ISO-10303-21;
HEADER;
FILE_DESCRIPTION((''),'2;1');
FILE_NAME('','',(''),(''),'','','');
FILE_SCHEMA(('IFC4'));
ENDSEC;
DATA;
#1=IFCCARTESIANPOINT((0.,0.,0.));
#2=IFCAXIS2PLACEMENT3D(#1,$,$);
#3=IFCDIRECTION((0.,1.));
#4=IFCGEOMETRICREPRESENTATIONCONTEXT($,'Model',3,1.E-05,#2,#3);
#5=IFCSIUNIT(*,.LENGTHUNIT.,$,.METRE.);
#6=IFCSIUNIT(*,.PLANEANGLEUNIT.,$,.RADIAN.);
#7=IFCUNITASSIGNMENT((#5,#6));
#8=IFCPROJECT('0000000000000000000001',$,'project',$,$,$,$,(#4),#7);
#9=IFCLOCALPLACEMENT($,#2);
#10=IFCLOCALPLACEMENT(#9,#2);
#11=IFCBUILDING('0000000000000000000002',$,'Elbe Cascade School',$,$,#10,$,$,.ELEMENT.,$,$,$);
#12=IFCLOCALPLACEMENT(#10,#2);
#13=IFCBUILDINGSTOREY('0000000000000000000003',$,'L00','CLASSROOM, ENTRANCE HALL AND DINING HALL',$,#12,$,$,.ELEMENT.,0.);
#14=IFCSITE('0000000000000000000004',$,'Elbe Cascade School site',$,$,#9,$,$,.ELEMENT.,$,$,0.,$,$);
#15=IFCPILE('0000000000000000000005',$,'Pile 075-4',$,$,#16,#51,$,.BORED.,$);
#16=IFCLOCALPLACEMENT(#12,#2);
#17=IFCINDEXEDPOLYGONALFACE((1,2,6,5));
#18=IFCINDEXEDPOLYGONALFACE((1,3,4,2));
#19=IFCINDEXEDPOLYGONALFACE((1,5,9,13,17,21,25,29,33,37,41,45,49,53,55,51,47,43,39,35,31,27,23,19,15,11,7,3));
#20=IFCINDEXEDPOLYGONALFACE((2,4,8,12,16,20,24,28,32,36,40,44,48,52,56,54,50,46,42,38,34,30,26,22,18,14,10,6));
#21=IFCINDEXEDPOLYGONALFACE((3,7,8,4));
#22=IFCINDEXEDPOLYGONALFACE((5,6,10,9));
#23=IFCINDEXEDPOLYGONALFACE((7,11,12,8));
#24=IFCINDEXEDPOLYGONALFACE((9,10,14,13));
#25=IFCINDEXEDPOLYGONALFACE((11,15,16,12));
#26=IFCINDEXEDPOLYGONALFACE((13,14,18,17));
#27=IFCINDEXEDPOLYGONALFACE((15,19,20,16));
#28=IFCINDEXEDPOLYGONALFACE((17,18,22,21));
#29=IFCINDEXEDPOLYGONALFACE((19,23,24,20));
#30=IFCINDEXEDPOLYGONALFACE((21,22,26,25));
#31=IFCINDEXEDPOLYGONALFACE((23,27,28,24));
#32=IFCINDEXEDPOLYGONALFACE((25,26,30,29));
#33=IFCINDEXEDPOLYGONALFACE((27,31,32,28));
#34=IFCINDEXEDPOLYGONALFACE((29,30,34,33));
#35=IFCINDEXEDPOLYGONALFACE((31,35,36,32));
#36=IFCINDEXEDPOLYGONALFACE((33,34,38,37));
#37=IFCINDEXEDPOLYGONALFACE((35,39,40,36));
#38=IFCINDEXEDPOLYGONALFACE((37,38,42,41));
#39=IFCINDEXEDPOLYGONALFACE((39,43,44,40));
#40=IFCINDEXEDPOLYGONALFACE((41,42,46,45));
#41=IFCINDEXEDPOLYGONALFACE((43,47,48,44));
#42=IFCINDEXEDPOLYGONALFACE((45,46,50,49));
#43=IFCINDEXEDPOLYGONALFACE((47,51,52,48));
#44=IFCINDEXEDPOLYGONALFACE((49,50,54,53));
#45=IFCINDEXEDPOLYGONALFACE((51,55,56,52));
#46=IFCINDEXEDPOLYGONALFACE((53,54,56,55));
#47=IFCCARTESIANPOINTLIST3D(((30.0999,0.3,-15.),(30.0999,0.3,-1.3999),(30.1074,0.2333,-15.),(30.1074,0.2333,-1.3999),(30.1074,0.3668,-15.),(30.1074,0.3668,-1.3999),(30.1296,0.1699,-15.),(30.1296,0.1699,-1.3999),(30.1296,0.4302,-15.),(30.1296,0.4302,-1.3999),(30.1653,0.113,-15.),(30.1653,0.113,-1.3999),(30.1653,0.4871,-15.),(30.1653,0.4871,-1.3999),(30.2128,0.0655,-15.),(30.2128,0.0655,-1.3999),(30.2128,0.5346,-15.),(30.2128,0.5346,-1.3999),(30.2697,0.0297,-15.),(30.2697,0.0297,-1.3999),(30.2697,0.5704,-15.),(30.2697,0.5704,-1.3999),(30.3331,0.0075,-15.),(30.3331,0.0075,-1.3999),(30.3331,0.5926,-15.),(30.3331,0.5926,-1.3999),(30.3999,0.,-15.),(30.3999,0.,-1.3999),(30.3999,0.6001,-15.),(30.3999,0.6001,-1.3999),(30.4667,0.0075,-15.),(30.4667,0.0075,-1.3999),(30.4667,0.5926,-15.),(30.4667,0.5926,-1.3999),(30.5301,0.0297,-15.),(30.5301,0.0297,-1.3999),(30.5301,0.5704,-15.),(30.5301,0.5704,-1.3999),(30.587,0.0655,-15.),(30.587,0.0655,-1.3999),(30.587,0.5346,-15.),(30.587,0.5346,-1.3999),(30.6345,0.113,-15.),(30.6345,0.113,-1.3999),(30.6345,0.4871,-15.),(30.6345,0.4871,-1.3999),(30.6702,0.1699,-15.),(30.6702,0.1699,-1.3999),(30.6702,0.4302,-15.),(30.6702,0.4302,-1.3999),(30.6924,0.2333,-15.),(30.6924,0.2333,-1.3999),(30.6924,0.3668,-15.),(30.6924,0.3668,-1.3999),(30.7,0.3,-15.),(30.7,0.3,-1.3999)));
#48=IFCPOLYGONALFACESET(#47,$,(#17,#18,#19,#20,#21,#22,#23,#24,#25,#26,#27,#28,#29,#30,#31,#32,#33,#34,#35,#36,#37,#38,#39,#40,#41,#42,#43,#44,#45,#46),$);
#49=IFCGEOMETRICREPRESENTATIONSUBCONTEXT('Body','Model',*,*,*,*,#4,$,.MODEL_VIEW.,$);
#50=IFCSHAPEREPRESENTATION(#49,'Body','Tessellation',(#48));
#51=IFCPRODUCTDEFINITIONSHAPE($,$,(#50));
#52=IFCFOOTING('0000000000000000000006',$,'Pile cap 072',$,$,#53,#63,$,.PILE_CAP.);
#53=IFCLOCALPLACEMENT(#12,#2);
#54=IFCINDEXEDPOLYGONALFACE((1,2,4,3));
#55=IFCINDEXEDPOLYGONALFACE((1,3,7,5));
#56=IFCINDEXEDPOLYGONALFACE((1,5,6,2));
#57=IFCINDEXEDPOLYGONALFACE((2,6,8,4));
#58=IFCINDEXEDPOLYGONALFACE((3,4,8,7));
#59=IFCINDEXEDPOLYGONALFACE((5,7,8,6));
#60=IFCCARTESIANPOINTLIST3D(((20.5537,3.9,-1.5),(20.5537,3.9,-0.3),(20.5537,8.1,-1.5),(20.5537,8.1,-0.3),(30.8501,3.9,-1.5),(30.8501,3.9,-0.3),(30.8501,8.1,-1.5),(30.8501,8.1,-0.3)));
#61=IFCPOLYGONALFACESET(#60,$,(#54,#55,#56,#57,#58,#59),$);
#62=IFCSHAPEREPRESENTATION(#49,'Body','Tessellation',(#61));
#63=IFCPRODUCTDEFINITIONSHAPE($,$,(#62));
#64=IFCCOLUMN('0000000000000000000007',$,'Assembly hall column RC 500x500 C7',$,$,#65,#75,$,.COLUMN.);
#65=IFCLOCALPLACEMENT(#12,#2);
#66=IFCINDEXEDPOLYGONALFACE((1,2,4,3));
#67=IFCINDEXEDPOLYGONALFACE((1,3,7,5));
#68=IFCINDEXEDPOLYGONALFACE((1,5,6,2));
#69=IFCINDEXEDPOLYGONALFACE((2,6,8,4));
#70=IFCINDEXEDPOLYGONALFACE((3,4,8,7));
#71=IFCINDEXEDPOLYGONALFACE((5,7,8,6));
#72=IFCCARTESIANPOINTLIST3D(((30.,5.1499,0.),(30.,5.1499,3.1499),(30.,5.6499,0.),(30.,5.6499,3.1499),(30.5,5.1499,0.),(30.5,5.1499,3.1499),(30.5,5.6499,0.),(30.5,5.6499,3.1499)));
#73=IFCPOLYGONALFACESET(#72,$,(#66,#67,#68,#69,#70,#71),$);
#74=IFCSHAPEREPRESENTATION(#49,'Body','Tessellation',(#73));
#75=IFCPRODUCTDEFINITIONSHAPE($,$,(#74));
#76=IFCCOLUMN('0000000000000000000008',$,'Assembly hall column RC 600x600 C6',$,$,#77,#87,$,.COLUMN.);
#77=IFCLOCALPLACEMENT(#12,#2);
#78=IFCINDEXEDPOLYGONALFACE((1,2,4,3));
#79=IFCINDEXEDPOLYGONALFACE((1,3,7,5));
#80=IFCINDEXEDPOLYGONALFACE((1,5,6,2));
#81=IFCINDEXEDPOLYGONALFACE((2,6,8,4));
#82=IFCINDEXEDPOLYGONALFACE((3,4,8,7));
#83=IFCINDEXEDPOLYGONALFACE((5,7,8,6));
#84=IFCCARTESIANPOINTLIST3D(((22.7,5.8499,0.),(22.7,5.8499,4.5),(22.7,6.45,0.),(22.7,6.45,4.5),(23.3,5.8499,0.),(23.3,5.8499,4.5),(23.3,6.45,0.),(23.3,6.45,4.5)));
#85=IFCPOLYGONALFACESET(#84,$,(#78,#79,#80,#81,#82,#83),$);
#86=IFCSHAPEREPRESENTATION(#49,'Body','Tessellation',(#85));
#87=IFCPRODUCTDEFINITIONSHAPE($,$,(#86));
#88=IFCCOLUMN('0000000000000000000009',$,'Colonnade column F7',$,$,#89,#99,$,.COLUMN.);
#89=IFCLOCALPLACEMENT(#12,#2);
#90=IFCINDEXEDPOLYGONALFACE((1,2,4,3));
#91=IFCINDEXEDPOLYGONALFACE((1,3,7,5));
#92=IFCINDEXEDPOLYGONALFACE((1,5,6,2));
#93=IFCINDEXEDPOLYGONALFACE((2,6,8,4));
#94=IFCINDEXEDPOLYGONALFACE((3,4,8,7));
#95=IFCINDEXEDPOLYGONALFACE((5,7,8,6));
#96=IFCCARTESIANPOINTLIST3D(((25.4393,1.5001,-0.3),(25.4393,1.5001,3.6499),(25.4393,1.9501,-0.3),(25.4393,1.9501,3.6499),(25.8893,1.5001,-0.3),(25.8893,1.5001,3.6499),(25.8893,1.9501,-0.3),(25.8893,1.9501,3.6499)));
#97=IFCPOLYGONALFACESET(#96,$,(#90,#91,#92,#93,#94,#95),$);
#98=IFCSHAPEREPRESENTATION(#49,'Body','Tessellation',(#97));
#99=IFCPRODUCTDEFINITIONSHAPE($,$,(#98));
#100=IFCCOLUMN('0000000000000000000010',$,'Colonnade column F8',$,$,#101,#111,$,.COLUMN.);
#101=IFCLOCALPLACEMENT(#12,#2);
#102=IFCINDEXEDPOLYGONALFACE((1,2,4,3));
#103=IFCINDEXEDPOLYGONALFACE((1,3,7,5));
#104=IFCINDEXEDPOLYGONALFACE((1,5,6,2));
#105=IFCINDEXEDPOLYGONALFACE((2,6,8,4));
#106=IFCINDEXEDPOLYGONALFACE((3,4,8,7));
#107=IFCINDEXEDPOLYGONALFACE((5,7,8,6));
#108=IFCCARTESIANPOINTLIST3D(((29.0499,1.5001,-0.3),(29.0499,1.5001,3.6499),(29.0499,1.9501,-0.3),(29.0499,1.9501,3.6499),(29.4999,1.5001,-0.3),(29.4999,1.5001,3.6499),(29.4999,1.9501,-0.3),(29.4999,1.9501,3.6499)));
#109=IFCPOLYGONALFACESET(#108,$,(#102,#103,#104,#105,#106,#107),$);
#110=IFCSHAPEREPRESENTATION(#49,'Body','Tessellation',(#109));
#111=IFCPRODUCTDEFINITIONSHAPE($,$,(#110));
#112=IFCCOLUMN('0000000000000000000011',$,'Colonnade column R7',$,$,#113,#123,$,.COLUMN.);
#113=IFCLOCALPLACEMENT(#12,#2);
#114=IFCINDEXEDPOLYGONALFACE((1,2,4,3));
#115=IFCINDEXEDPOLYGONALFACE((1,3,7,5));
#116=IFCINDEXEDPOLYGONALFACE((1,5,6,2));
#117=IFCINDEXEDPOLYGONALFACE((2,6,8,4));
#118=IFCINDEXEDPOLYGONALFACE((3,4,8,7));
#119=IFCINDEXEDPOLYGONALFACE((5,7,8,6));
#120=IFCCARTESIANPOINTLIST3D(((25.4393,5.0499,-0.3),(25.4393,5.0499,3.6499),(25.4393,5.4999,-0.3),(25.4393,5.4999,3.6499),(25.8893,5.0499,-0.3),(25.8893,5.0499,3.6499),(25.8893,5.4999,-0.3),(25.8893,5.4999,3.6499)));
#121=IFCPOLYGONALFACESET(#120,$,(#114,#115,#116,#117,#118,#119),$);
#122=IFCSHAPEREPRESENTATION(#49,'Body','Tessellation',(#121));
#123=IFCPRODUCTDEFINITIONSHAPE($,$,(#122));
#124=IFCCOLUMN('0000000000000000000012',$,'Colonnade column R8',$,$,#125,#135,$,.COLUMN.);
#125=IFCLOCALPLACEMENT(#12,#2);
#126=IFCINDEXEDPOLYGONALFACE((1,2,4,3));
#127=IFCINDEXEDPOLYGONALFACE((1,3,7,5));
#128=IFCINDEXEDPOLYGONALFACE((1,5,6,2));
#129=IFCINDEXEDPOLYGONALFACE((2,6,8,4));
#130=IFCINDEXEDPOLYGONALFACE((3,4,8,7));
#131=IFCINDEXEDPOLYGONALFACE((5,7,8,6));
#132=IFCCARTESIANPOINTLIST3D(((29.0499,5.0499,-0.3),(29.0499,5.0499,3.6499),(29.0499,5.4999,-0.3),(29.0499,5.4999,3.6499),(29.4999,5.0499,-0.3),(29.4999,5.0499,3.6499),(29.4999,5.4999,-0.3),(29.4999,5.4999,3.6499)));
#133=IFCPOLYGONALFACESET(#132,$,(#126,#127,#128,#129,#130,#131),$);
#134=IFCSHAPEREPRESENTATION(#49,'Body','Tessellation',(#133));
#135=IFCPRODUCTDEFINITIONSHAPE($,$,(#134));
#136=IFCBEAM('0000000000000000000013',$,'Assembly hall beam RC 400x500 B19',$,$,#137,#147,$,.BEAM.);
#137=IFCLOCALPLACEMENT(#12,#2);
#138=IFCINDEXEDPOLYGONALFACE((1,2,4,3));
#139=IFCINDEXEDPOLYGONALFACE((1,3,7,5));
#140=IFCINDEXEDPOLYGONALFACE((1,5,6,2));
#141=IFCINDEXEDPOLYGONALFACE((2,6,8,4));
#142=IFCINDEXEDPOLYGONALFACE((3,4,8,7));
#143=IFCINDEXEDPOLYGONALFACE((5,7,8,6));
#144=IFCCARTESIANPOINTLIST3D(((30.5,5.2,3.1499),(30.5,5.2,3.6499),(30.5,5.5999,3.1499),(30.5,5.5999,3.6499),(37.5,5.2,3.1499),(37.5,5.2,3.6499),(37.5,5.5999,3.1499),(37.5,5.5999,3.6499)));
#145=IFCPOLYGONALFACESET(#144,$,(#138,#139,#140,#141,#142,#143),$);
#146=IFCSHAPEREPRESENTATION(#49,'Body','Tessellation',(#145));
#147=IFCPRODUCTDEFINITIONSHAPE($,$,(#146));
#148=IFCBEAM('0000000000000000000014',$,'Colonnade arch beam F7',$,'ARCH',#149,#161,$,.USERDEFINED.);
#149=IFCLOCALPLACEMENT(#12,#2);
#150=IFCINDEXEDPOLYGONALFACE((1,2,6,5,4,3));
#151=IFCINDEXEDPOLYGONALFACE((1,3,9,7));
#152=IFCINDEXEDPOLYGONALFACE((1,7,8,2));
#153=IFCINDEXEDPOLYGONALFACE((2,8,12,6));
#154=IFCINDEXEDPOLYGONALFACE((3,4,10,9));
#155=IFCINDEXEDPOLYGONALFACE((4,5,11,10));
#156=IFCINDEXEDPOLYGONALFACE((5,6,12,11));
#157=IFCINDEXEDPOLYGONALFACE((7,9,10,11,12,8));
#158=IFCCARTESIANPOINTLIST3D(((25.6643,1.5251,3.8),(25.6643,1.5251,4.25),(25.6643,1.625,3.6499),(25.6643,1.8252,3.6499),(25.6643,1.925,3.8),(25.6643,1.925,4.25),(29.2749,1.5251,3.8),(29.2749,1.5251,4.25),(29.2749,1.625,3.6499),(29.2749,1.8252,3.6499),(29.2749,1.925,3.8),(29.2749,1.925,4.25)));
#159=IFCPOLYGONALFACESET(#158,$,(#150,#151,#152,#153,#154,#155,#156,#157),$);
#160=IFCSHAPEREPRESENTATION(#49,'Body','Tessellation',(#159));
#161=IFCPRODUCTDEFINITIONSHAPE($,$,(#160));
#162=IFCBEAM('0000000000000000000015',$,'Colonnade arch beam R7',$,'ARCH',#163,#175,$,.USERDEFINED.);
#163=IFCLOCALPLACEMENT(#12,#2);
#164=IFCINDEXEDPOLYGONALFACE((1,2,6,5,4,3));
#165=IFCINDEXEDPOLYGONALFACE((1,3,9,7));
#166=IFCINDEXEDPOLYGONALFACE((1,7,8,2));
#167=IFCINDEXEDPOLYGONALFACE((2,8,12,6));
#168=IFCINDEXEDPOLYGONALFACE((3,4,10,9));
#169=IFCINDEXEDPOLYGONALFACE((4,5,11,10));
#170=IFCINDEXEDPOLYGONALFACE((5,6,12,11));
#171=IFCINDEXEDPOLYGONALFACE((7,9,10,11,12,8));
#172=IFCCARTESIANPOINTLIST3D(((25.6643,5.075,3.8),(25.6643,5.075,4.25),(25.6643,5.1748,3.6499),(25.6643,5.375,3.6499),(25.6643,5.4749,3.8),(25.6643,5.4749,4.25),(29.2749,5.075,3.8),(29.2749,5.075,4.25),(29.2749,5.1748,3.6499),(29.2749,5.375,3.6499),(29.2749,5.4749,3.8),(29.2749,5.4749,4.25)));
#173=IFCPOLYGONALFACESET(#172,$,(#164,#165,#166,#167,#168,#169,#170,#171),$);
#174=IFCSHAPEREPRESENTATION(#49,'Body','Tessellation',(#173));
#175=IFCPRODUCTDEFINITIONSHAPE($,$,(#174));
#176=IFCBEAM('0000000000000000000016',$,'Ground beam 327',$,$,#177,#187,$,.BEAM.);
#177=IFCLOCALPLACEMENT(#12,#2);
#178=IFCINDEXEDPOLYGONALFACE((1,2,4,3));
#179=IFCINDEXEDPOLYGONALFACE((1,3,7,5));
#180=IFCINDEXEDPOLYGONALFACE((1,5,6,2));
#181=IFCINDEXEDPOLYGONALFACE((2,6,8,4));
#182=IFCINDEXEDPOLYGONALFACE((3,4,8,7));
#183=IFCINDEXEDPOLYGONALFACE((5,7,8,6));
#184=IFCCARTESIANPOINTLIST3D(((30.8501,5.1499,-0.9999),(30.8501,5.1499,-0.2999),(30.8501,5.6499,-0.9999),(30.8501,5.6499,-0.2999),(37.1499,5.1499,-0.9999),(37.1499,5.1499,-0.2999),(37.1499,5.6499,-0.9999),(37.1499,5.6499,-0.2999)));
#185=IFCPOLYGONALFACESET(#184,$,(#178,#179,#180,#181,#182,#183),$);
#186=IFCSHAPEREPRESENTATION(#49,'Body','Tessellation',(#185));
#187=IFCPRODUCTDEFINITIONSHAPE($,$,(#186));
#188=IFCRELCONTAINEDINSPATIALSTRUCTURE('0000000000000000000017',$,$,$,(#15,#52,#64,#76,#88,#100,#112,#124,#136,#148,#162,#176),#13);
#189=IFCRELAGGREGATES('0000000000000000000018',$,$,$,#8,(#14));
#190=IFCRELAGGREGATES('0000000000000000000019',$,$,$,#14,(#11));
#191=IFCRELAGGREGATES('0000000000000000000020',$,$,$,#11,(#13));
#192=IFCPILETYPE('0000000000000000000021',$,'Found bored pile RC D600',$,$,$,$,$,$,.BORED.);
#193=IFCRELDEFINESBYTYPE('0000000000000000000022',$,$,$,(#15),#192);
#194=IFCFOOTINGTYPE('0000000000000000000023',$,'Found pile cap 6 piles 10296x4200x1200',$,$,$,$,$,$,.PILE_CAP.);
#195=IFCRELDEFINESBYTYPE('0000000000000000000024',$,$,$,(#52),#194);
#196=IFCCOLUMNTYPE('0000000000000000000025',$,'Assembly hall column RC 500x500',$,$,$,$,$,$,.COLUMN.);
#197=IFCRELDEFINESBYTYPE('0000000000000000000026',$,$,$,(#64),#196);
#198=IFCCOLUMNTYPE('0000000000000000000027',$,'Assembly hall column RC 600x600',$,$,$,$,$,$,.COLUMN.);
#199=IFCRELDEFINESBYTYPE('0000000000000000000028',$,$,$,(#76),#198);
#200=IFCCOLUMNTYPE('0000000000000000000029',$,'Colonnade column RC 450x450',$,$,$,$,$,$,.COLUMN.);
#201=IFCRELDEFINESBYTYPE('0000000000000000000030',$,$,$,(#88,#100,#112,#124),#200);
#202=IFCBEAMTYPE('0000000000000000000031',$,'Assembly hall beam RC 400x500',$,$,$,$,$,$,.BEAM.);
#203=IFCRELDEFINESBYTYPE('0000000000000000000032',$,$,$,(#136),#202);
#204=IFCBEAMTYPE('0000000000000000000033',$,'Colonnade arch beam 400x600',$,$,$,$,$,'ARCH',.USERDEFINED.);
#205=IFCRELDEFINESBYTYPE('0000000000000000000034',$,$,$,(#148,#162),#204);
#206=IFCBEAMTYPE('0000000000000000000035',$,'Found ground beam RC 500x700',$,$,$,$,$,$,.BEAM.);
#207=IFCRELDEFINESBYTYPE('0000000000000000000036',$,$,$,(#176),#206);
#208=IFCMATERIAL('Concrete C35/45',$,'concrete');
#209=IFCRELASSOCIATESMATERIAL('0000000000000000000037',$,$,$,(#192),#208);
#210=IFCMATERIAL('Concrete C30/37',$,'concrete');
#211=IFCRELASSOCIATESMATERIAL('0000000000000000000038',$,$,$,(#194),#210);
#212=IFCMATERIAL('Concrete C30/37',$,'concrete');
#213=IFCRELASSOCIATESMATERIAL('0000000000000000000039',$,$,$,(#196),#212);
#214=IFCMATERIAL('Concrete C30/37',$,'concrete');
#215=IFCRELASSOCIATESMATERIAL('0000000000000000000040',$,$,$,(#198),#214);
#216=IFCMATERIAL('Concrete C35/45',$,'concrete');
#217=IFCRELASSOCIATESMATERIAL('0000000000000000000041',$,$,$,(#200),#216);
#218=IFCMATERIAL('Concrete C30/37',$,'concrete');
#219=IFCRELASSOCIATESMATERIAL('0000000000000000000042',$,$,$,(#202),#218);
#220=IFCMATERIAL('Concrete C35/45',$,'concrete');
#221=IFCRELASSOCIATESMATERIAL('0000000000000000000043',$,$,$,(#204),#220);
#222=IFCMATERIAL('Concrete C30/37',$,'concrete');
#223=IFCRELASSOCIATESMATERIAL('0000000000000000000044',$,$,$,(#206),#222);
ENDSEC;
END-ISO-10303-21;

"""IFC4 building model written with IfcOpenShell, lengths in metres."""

from ifc_helpers import new_model, si_unit, direction, frame, origin, origin_2d, place, context, subcontext, project, spatial, polyline, rectangle, circle, outline, extrude, material, material_profile, profile_set, type_object, element, save


model = new_model("IFC4")

# Units and contexts
model_context = context("Model", 3, precision=1e-05, world=origin(), true_north=direction((0.0, 1.0)))
body_context = subcontext(model_context, "Body", "Model", "MODEL_VIEW")
ifc_project = project(units=[si_unit("LENGTHUNIT", "METRE"), si_unit("PLANEANGLEUNIT", "RADIAN")], contexts=[model_context])

# Site, building, storey
site_placement = place(None, origin())
site = spatial("IfcSite", under=ifc_project, at=site_placement, Name="Elbe Cascade School site", CompositionType="ELEMENT", RefElevation=0.0)
building_placement = place(site_placement, origin())
building = spatial("IfcBuilding", under=site, at=building_placement, Name="Elbe Cascade School", CompositionType="ELEMENT")
storey_placement = place(building_placement, origin())
storey = spatial("IfcBuildingStorey", under=building, at=storey_placement, Name="L00", Description="CLASSROOM, ENTRANCE HALL AND DINING HALL", CompositionType="ELEMENT", Elevation=0.0)

# Pile
ifc_material_1 = material(Name="Concrete C35/45", Category="concrete")
ifc_material_profile_1 = material_profile(ifc_material_1, circle(Radius=0.3, at=origin_2d()), Name="RC D600")
ifc_profile_set_1 = profile_set([ifc_material_profile_1], Name="Concrete C35/45")
pile_type = type_object("IfcPileType", Name="Found bored pile RC D600", PredefinedType="BORED", material=ifc_profile_set_1)
for number, where, z_axis, x_axis, name in (
    (1, (30.3999, 0.3, -1.3999), (0.0, 0.0, -1.0), (1.0, 0.0, 0.0), "Pile 075-4"),
):
    element("IfcPile", number, at=place(storey_placement, frame(where, z_axis=z_axis, x_axis=x_axis)), inside=storey, type_object=pile_type, Name=name, PredefinedType="BORED", context=body_context, shape_type="SweptSolid", body=[
        extrude(circle(Radius=0.3, at=origin_2d()), origin(), (0.0, 0.0, 1.0), 13.6001),
    ])

# Footing
ifc_material_2 = material(Name="Concrete C30/37", Category="concrete")
footing_type = type_object("IfcFootingType", Name="Found pile cap 6 piles 10296x4200x1200", PredefinedType="PILE_CAP", material=ifc_material_2)
footing_placement = place(storey_placement, frame((25.7019, 6.0, -1.5), z_axis=(0.0, 0.0, 1.0), x_axis=(1.0, 0.0, 0.0)))
element("IfcFooting", 2, at=footing_placement, inside=storey, type_object=footing_type, Name="Pile cap 072", PredefinedType="PILE_CAP", context=body_context, shape_type="SweptSolid", body=[
    extrude(rectangle(XDim=10.2964, YDim=4.2, at=origin_2d()), origin(), (0.0, 0.0, 1.0), 1.2),
])

# Columns
ifc_material_3 = material(Name="Concrete C30/37", Category="concrete")
ifc_material_profile_2 = material_profile(ifc_material_3, rectangle(XDim=0.5, YDim=0.5, at=origin_2d()), Name="RC 500x500")
ifc_profile_set_2 = profile_set([ifc_material_profile_2], Name="Concrete C30/37")
column_type_1 = type_object("IfcColumnType", Name="Assembly hall column RC 500x500", PredefinedType="COLUMN", material=ifc_profile_set_2)
column_1_placement = place(storey_placement, frame((30.25, 5.3999, 0.0), z_axis=(0.0, 0.0, 1.0), x_axis=(1.0, 0.0, 0.0)))
element("IfcColumn", 3, at=column_1_placement, inside=storey, type_object=column_type_1, Name="Assembly hall column RC 500x500 C7", PredefinedType="COLUMN", context=body_context, shape_type="SweptSolid", body=[
    extrude(rectangle(XDim=0.5, YDim=0.5, at=origin_2d()), origin(), (0.0, 0.0, 1.0), 3.1499),
])
ifc_material_4 = material(Name="Concrete C30/37", Category="concrete")
ifc_material_profile_3 = material_profile(ifc_material_4, rectangle(XDim=0.6001, YDim=0.6001, at=origin_2d()), Name="RC 600x600")
ifc_profile_set_3 = profile_set([ifc_material_profile_3], Name="Concrete C30/37")
column_type_2 = type_object("IfcColumnType", Name="Assembly hall column RC 600x600", PredefinedType="COLUMN", material=ifc_profile_set_3)
column_2_placement = place(storey_placement, frame((23.0, 6.1499, 0.0), z_axis=(0.0, 0.0, 1.0), x_axis=(1.0, 0.0, 0.0)))
element("IfcColumn", 4, at=column_2_placement, inside=storey, type_object=column_type_2, Name="Assembly hall column RC 600x600 C6", PredefinedType="COLUMN", context=body_context, shape_type="SweptSolid", body=[
    extrude(rectangle(XDim=0.6001, YDim=0.6001, at=origin_2d()), origin(), (0.0, 0.0, 1.0), 4.5),
])
ifc_material_5 = material(Name="Concrete C35/45", Category="concrete")
ifc_material_profile_4 = material_profile(ifc_material_5, rectangle(XDim=0.45, YDim=0.45, at=origin_2d()), Name="RC 450x450")
ifc_profile_set_4 = profile_set([ifc_material_profile_4], Name="Concrete C35/45")
column_type_3 = type_object("IfcColumnType", Name="Colonnade column RC 450x450", PredefinedType="COLUMN", material=ifc_profile_set_4)
for number, where, z_axis, x_axis, name in (
    (5, (25.6643, 1.7251, -0.3), (0.0, 0.0, 1.0), (1.0, 0.0, 0.0), "Colonnade column F7"),
    (6, (29.2749, 1.7251, -0.3), (0.0, 0.0, 1.0), (1.0, 0.0, 0.0), "Colonnade column F8"),
    (7, (25.6643, 5.2749, -0.3), (0.0, 0.0, 1.0), (1.0, 0.0, 0.0), "Colonnade column R7"),
    (8, (29.2749, 5.2749, -0.3), (0.0, 0.0, 1.0), (1.0, 0.0, 0.0), "Colonnade column R8"),
):
    element("IfcColumn", number, at=place(storey_placement, frame(where, z_axis=z_axis, x_axis=x_axis)), inside=storey, type_object=column_type_3, Name=name, PredefinedType="COLUMN", context=body_context, shape_type="SweptSolid", body=[
        extrude(rectangle(XDim=0.45, YDim=0.45, at=origin_2d()), origin(), (0.0, 0.0, 1.0), 3.95),
    ])

# Beams
ifc_material_6 = material(Name="Concrete C30/37", Category="concrete")
ifc_material_profile_5 = material_profile(ifc_material_6, rectangle(XDim=0.3999, YDim=0.5, at=origin_2d()), Name="RC 400x500")
ifc_profile_set_5 = profile_set([ifc_material_profile_5], Name="Concrete C30/37")
beam_type_1 = type_object("IfcBeamType", Name="Assembly hall beam RC 400x500", PredefinedType="BEAM", material=ifc_profile_set_5)
beam_1_placement = place(storey_placement, frame((30.5, 5.3999, 3.3999), z_axis=(1.0, 0.0, 0.0), x_axis=(0.0, 1.0, 0.0)))
element("IfcBeam", 9, at=beam_1_placement, inside=storey, type_object=beam_type_1, Name="Assembly hall beam RC 400x500 B19", PredefinedType="BEAM", context=body_context, shape_type="SweptSolid", body=[
    extrude(rectangle(XDim=0.3999, YDim=0.5, at=origin_2d()), origin(), (0.0, 0.0, 1.0), 7.0),
])
ifc_material_7 = material(Name="Concrete C35/45", Category="concrete")
ifc_material_profile_6 = material_profile(ifc_material_7, outline(polyline([(-0.2, 0.3), (0.2, 0.3), (0.2, -0.1499), (0.1001, -0.3), (-0.1001, -0.3), (-0.2, -0.1499), (-0.2, 0.3)])), Name="RC arch 400x600")
ifc_profile_set_6 = profile_set([ifc_material_profile_6], Name="Concrete C35/45")
beam_type_2 = type_object("IfcBeamType", Name="Colonnade arch beam 400x600", ElementType="ARCH", PredefinedType="USERDEFINED", material=ifc_profile_set_6)
for number, where, z_axis, x_axis, name in (
    (10, (25.6643, 1.7251, 3.95), (1.0, 0.0, 0.0), (0.0, 1.0, 0.0), "Colonnade arch beam F7"),
    (11, (25.6643, 5.2749, 3.95), (1.0, 0.0, 0.0), (0.0, 1.0, 0.0), "Colonnade arch beam R7"),
):
    element("IfcBeam", number, at=place(storey_placement, frame(where, z_axis=z_axis, x_axis=x_axis)), inside=storey, type_object=beam_type_2, Name=name, ObjectType="ARCH", PredefinedType="USERDEFINED", context=body_context, shape_type="SweptSolid", body=[
        extrude(outline(polyline([(-0.2, 0.3), (0.2, 0.3), (0.2, -0.1499), (0.1001, -0.3), (-0.1001, -0.3), (-0.2, -0.1499), (-0.2, 0.3)])), origin(), (0.0, 0.0, 1.0), 3.6106),
    ])
ifc_material_8 = material(Name="Concrete C30/37", Category="concrete")
ifc_material_profile_7 = material_profile(ifc_material_8, rectangle(XDim=0.5, YDim=0.7, at=origin_2d()), Name="RC 500x700")
ifc_profile_set_7 = profile_set([ifc_material_profile_7], Name="Concrete C30/37")
beam_type_3 = type_object("IfcBeamType", Name="Found ground beam RC 500x700", PredefinedType="BEAM", material=ifc_profile_set_7)
beam_2_placement = place(storey_placement, frame((30.8501, 5.3999, -0.6499), z_axis=(1.0, 0.0, 0.0), x_axis=(0.0, 1.0, 0.0)))
element("IfcBeam", 12, at=beam_2_placement, inside=storey, type_object=beam_type_3, Name="Ground beam 327", PredefinedType="BEAM", context=body_context, shape_type="SweptSolid", body=[
    extrude(rectangle(XDim=0.5, YDim=0.7, at=origin_2d()), origin(), (0.0, 0.0, 1.0), 6.2998),
])

save(model, "model.ifc")
